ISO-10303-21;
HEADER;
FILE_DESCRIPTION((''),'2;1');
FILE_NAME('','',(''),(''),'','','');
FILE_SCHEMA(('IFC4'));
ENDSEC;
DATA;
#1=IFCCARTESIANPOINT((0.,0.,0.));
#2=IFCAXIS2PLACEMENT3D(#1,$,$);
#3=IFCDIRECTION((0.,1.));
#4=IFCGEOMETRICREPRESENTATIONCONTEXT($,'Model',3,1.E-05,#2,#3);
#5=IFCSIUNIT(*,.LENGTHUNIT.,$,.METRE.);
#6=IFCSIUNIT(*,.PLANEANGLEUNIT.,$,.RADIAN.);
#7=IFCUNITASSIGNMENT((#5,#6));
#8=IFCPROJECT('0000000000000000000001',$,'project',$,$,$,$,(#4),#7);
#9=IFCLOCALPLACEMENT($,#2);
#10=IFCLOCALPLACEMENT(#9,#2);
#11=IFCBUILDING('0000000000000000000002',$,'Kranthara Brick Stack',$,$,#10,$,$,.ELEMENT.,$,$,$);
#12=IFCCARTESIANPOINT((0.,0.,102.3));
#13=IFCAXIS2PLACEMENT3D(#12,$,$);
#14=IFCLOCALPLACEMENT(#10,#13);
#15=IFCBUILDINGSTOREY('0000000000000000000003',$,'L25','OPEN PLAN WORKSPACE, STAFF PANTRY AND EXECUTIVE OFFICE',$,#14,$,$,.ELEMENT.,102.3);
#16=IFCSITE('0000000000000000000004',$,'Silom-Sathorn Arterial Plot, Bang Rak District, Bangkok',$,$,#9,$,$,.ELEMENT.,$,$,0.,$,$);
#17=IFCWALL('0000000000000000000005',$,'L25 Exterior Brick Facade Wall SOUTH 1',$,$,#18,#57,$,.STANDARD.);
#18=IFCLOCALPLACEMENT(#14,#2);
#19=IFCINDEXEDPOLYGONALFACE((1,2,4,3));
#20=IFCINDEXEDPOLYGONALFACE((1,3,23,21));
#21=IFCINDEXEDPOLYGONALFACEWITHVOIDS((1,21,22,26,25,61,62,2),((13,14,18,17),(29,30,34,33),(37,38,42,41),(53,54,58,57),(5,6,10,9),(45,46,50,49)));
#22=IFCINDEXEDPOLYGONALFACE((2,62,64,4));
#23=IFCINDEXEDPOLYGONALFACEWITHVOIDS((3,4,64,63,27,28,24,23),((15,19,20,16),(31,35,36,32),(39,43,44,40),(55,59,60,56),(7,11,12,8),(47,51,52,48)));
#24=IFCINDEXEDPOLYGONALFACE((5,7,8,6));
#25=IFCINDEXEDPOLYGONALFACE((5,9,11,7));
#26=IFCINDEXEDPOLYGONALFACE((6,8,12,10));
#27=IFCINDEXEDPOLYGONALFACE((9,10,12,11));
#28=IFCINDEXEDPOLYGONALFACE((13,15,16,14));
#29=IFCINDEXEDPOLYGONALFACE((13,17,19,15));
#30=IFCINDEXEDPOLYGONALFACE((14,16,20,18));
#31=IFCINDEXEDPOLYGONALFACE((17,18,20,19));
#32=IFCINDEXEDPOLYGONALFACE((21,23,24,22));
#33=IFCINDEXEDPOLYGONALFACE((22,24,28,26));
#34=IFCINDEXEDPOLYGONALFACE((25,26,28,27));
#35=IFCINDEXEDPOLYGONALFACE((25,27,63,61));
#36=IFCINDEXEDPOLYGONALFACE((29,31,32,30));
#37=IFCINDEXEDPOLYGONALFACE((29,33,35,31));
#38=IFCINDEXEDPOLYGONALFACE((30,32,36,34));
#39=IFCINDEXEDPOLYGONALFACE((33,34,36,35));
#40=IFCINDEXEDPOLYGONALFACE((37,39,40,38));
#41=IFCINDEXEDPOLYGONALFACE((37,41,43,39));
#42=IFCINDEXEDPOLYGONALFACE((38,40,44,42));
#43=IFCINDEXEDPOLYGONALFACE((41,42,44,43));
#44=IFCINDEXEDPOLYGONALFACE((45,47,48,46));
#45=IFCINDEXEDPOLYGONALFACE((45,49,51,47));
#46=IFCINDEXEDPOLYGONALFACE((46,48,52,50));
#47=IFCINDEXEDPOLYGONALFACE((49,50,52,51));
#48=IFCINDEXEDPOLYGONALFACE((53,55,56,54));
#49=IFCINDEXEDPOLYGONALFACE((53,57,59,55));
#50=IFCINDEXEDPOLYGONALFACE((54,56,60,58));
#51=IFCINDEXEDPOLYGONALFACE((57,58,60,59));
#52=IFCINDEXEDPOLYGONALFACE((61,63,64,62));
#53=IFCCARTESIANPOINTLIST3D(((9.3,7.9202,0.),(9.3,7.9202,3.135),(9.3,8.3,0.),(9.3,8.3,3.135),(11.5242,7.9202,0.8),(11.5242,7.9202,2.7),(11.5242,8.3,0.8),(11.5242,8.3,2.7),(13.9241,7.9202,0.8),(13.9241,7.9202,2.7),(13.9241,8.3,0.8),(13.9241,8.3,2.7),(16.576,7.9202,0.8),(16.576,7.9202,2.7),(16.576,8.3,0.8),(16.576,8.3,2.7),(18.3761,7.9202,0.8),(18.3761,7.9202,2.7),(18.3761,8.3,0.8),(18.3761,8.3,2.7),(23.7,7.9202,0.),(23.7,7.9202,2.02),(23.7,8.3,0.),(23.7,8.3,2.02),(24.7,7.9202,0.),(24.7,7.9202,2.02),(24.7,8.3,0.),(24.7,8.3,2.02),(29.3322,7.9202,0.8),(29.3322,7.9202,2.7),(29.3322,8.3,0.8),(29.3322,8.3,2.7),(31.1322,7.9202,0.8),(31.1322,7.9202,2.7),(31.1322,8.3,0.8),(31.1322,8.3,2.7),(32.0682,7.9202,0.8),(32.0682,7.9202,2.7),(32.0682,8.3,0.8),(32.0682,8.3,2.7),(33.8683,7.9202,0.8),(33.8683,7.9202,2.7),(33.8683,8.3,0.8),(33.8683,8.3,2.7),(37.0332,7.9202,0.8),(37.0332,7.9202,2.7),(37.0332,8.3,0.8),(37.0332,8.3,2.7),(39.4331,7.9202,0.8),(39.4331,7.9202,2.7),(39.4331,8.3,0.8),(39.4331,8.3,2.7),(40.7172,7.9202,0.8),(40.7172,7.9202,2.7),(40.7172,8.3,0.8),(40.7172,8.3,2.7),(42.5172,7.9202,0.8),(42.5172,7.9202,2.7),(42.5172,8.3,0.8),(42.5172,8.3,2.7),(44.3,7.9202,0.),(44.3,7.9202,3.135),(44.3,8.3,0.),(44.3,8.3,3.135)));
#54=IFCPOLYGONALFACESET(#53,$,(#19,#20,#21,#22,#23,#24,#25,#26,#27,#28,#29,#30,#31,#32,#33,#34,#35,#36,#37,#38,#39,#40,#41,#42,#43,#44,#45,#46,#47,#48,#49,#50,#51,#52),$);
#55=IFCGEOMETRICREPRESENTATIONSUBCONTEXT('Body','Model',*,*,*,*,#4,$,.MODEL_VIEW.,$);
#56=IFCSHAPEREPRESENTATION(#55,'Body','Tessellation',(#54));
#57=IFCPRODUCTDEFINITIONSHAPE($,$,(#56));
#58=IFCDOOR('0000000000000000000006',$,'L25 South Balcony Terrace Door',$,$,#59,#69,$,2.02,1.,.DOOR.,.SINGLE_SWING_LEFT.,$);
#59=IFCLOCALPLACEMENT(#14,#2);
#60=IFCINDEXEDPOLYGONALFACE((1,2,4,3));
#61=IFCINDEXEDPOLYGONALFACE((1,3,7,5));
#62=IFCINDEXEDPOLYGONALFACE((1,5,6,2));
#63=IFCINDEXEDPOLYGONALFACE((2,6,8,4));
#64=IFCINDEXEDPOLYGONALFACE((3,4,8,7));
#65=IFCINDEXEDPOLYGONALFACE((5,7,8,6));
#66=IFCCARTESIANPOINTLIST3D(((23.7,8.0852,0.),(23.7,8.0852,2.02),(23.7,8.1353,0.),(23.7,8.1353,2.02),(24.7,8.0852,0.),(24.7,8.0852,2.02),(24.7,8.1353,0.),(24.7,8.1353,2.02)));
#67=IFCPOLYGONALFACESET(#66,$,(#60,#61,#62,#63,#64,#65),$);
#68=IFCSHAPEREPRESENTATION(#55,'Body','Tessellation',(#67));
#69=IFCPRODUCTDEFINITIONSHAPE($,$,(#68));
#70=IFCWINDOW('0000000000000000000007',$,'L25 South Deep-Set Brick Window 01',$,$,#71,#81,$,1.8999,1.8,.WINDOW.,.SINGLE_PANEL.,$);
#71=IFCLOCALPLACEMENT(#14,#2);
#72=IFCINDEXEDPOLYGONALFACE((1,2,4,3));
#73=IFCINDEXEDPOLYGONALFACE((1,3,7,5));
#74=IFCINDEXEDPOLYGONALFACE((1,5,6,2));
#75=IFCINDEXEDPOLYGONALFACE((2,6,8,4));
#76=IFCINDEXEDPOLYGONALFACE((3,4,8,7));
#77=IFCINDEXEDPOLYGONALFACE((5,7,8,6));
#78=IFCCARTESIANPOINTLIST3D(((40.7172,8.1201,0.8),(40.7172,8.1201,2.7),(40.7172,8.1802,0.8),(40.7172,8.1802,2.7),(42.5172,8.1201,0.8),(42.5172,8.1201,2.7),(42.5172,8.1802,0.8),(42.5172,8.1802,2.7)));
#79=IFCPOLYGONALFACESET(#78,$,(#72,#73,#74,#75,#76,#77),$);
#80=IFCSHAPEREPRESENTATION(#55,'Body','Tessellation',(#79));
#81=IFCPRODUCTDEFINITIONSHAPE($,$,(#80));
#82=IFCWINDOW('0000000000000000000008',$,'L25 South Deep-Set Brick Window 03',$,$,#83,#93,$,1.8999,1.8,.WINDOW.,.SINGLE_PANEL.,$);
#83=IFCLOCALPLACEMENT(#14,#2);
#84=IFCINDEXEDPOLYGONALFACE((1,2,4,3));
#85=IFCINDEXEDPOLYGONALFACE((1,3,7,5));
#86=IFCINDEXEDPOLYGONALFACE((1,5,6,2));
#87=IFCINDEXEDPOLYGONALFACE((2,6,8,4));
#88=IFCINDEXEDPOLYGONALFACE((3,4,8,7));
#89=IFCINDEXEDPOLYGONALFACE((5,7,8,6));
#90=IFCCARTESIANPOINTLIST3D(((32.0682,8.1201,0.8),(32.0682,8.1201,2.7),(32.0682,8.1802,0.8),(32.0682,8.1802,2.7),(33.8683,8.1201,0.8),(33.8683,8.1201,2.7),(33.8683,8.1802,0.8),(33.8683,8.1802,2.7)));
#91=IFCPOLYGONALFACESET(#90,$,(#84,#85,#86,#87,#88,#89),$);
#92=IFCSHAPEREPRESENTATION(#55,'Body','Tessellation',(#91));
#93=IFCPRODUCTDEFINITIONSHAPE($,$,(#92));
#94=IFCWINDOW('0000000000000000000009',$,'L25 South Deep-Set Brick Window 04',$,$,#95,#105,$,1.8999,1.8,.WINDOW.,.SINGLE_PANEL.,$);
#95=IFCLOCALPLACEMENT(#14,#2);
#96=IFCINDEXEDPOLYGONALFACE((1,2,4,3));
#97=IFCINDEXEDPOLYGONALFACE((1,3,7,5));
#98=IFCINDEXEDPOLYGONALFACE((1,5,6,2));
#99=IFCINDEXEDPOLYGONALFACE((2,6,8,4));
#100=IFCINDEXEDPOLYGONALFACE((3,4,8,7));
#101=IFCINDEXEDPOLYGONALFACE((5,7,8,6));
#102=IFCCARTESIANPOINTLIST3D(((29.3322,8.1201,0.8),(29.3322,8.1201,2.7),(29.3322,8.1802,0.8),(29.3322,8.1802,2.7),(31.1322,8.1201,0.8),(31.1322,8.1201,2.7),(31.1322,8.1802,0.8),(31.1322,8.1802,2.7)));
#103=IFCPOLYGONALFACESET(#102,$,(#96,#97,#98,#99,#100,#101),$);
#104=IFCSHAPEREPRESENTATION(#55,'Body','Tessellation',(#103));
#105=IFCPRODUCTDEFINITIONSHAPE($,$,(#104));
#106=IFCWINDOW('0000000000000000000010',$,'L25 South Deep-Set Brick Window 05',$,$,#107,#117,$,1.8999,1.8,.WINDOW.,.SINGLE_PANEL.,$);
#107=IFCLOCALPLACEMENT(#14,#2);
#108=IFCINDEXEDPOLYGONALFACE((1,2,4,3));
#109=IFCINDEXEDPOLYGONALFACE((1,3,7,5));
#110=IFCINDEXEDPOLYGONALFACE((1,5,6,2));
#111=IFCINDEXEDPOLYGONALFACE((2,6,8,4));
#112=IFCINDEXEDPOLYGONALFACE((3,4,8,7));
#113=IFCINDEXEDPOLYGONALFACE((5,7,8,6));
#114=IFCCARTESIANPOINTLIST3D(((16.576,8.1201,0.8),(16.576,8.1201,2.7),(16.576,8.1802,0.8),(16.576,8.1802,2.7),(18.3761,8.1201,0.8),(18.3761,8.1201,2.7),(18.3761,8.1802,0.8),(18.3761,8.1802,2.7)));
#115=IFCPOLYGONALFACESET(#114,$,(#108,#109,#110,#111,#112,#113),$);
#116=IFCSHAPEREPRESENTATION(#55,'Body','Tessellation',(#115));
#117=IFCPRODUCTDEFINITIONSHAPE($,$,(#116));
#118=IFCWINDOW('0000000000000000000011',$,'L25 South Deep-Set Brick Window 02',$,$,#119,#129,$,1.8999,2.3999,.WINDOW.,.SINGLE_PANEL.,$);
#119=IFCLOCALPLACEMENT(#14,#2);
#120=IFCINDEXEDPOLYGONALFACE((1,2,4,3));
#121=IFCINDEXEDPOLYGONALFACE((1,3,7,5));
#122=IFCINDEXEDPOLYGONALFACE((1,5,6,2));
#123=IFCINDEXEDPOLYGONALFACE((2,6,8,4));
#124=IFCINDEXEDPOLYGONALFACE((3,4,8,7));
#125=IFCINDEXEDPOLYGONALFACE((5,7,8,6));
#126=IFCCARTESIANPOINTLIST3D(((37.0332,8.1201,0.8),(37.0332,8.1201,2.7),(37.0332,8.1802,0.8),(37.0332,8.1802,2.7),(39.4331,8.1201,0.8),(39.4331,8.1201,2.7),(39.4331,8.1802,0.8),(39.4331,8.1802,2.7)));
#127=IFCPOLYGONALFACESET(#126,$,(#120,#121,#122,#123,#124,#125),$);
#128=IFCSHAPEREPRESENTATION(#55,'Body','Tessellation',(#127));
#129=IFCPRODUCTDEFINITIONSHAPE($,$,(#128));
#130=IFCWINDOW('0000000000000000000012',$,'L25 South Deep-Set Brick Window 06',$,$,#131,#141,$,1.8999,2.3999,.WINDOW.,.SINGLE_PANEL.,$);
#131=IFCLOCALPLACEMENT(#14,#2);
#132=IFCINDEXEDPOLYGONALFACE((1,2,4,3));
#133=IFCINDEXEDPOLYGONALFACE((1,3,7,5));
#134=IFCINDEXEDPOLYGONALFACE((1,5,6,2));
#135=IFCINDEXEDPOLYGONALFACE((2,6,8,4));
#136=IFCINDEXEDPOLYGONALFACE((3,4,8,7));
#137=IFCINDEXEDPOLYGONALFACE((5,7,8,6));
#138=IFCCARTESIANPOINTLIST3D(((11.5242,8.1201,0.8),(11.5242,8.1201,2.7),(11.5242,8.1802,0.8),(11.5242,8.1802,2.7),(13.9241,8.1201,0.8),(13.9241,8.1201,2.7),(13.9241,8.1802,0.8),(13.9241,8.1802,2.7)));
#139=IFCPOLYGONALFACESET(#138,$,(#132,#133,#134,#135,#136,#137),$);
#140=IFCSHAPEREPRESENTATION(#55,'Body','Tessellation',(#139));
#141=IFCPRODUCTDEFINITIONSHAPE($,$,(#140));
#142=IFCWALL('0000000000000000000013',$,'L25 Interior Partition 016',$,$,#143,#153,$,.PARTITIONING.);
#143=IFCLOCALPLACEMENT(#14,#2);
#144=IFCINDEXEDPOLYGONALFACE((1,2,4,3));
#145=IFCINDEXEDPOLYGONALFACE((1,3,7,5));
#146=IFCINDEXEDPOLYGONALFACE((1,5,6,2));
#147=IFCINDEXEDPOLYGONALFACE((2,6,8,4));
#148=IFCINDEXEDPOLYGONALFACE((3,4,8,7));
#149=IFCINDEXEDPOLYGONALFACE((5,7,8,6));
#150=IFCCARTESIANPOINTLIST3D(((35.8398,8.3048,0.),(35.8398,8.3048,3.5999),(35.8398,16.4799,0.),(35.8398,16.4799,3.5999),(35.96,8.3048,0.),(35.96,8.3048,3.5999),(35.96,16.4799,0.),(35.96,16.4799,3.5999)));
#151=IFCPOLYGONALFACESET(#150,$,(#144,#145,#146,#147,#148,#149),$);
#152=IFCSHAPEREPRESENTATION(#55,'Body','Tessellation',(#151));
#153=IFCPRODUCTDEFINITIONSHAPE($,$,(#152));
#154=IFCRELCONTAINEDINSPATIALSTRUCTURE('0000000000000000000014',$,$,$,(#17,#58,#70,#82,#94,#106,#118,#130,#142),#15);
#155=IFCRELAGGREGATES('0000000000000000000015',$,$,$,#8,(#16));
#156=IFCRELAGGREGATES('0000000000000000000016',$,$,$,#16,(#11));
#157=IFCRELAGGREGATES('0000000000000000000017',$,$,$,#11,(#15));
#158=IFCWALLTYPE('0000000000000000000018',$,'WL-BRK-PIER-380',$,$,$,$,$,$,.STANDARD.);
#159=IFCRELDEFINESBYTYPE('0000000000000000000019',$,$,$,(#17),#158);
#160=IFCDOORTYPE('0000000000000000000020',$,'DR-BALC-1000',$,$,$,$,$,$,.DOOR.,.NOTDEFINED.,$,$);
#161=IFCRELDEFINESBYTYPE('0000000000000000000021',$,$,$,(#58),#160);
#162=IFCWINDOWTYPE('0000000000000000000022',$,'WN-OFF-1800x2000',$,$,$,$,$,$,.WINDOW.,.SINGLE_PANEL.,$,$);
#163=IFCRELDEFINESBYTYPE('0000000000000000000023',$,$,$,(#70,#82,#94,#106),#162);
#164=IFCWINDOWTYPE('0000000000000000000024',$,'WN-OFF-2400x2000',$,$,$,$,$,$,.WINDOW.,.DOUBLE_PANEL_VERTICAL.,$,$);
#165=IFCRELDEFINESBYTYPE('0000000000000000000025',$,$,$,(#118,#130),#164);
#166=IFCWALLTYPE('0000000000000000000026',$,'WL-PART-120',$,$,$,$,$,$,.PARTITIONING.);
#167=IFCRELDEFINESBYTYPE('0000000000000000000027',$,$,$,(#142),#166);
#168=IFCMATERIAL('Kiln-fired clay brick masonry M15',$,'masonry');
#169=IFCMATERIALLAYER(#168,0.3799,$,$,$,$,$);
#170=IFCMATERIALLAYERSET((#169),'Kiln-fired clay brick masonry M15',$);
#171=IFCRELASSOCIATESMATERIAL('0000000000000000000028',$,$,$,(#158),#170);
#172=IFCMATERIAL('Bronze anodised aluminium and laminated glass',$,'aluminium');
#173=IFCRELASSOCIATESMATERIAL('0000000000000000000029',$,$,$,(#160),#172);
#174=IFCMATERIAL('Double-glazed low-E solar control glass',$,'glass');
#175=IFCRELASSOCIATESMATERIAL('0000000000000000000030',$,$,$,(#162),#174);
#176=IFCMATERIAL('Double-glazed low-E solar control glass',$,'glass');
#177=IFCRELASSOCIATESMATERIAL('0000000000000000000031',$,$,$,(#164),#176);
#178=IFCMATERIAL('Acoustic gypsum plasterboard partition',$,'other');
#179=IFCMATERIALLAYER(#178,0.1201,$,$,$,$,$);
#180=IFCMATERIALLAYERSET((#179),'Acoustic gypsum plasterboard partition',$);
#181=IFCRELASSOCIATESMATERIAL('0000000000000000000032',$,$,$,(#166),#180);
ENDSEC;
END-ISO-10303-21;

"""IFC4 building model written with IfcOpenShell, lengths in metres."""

from ifc_helpers import new_model, si_unit, direction, frame, frame_2d, origin, place, context, subcontext, project, spatial, rectangle, extrude, material, layer, layer_set, type_object, element, fill, save


model = new_model("IFC4")

# Units and contexts
model_context = context("Model", 3, precision=1e-05, world=origin(), true_north=direction((0.0, 1.0)))
body_context = subcontext(model_context, "Body", "Model", "MODEL_VIEW")
ifc_project = project(units=[si_unit("LENGTHUNIT", "METRE"), si_unit("PLANEANGLEUNIT", "RADIAN")], contexts=[model_context])

# Site, building, storey
site_placement = place(None, origin())
site = spatial("IfcSite", under=ifc_project, at=site_placement, Name="Silom-Sathorn Arterial Plot, Bang Rak District, Bangkok", CompositionType="ELEMENT", RefElevation=0.0)
building_placement = place(site_placement, origin())
building = spatial("IfcBuilding", under=site, at=building_placement, Name="Kranthara Brick Stack", CompositionType="ELEMENT")
storey_placement = place(building_placement, frame((0.0, 0.0, 102.3)))
storey = spatial("IfcBuildingStorey", under=building, at=storey_placement, Name="L25", Description="OPEN PLAN WORKSPACE, STAFF PANTRY AND EXECUTIVE OFFICE", CompositionType="ELEMENT", Elevation=102.3)

# Wall, openings, door, windows
ifc_material_1 = material(Name="Kiln-fired clay brick masonry M15", Category="masonry")
ifc_layer_1 = layer(ifc_material_1, 0.3799)
ifc_layer_set_1 = layer_set([ifc_layer_1], Name="Kiln-fired clay brick masonry M15")
wall_type_1 = type_object("IfcWallType", Name="WL-BRK-PIER-380", PredefinedType="STANDARD", material=ifc_layer_set_1)
wall_1_placement = place(storey_placement, frame((44.3, 8.1101, 0.0), z_axis=(0.0, 0.0, 1.0), x_axis=(-1.0, 0.0, 0.0)))
wall_1 = element("IfcWall", 1, at=wall_1_placement, inside=storey, type_object=wall_type_1, Name="L25 Exterior Brick Facade Wall SOUTH 1", PredefinedType="STANDARD", context=body_context, shape_type="SweptSolid", body=[
    extrude(rectangle(XDim=35.0, YDim=0.3799, at=frame_2d((17.5, 0.0))), origin(), (0.0, 0.0, 1.0), 3.135),
])
opening_1_placement = place(wall_1_placement, frame((19.6001, 0.0, 0.0)))
opening_1 = element("IfcOpeningElement", 2, at=opening_1_placement, cuts=wall_1, PredefinedType="OPENING", context=body_context, shape_type="SweptSolid", body=[
    extrude(rectangle(XDim=1.0, YDim=2.02, at=frame_2d((0.5, 1.01))), frame((0.0, 0.2, 0.0), z_axis=(0.0, -1.0, 0.0), x_axis=(1.0, 0.0, 0.0)), (0.0, 0.0, 1.0), 0.3999),
])
opening_2_placement = place(wall_1_placement, frame((1.783, 0.0, 0.8)))
opening_2 = element("IfcOpeningElement", 3, at=opening_2_placement, cuts=wall_1, PredefinedType="OPENING", context=body_context, shape_type="SweptSolid", body=[
    extrude(rectangle(XDim=1.8, YDim=1.8999, at=frame_2d((0.8999, 0.95))), frame((0.0, 0.2, 0.0), z_axis=(0.0, -1.0, 0.0), x_axis=(1.0, 0.0, 0.0)), (0.0, 0.0, 1.0), 0.3999),
])
opening_3_placement = place(wall_1_placement, frame((4.8669, 0.0, 0.8)))
opening_3 = element("IfcOpeningElement", 4, at=opening_3_placement, cuts=wall_1, PredefinedType="OPENING", context=body_context, shape_type="SweptSolid", body=[
    extrude(rectangle(XDim=2.3999, YDim=1.8999, at=frame_2d((1.2, 0.95))), frame((0.0, 0.2, 0.0), z_axis=(0.0, -1.0, 0.0), x_axis=(1.0, 0.0, 0.0)), (0.0, 0.0, 1.0), 0.3999),
])
opening_4_placement = place(wall_1_placement, frame((10.4319, 0.0, 0.8)))
opening_4 = element("IfcOpeningElement", 5, at=opening_4_placement, cuts=wall_1, PredefinedType="OPENING", context=body_context, shape_type="SweptSolid", body=[
    extrude(rectangle(XDim=1.8, YDim=1.8999, at=frame_2d((0.8999, 0.95))), frame((0.0, 0.2, 0.0), z_axis=(0.0, -1.0, 0.0), x_axis=(1.0, 0.0, 0.0)), (0.0, 0.0, 1.0), 0.3999),
])
opening_5_placement = place(wall_1_placement, frame((13.168, 0.0, 0.8)))
opening_5 = element("IfcOpeningElement", 6, at=opening_5_placement, cuts=wall_1, PredefinedType="OPENING", context=body_context, shape_type="SweptSolid", body=[
    extrude(rectangle(XDim=1.8, YDim=1.8999, at=frame_2d((0.8999, 0.95))), frame((0.0, 0.2, 0.0), z_axis=(0.0, -1.0, 0.0), x_axis=(1.0, 0.0, 0.0)), (0.0, 0.0, 1.0), 0.3999),
])
opening_6_placement = place(wall_1_placement, frame((25.9241, 0.0, 0.8)))
opening_6 = element("IfcOpeningElement", 7, at=opening_6_placement, cuts=wall_1, PredefinedType="OPENING", context=body_context, shape_type="SweptSolid", body=[
    extrude(rectangle(XDim=1.8, YDim=1.8999, at=frame_2d((0.8999, 0.95))), frame((0.0, 0.2, 0.0), z_axis=(0.0, -1.0, 0.0), x_axis=(1.0, 0.0, 0.0)), (0.0, 0.0, 1.0), 0.3999),
])
opening_7_placement = place(wall_1_placement, frame((30.376, 0.0, 0.8)))
opening_7 = element("IfcOpeningElement", 8, at=opening_7_placement, cuts=wall_1, PredefinedType="OPENING", context=body_context, shape_type="SweptSolid", body=[
    extrude(rectangle(XDim=2.3999, YDim=1.8999, at=frame_2d((1.2, 0.95))), frame((0.0, 0.2, 0.0), z_axis=(0.0, -1.0, 0.0), x_axis=(1.0, 0.0, 0.0)), (0.0, 0.0, 1.0), 0.3999),
])
ifc_material_2 = material(Name="Bronze anodised aluminium and laminated glass", Category="aluminium")
door_type = type_object("IfcDoorType", Name="DR-BALC-1000", OperationType="NOTDEFINED", PredefinedType="DOOR", material=ifc_material_2)
door_placement = place(opening_1_placement, origin())
door = element("IfcDoor", 9, at=door_placement, inside=storey, type_object=door_type, Name="L25 South Balcony Terrace Door", OperationType="SINGLE_SWING_LEFT", OverallHeight=2.02, OverallWidth=1.0, PredefinedType="DOOR", context=body_context, shape_type="SweptSolid", body=[
    extrude(rectangle(XDim=1.0, YDim=2.02, at=frame_2d((0.5, 1.01))), frame((0.0, 0.0249, 0.0), z_axis=(0.0, -1.0, 0.0), x_axis=(1.0, 0.0, 0.0)), (0.0, 0.0, 1.0), 0.05),
])
fill(opening_1, door)
ifc_material_3 = material(Name="Double-glazed low-E solar control glass", Category="glass")
window_type_1 = type_object("IfcWindowType", Name="WN-OFF-1800x2000", PartitioningType="SINGLE_PANEL", PredefinedType="WINDOW", material=ifc_material_3)
window_1_placement = place(opening_2_placement, origin())
window_1 = element("IfcWindow", 10, at=window_1_placement, inside=storey, type_object=window_type_1, Name="L25 South Deep-Set Brick Window 01", OverallHeight=1.8999, OverallWidth=1.8, PartitioningType="SINGLE_PANEL", PredefinedType="WINDOW", context=body_context, shape_type="SweptSolid", body=[
    extrude(rectangle(XDim=1.8, YDim=1.8999, at=frame_2d((0.8999, 0.95))), frame((0.0, -0.01, 0.0), z_axis=(0.0, -1.0, 0.0), x_axis=(1.0, 0.0, 0.0)), (0.0, 0.0, 1.0), 0.0601),
])
fill(opening_2, window_1)
window_2_placement = place(opening_4_placement, origin())
window_2 = element("IfcWindow", 11, at=window_2_placement, inside=storey, type_object=window_type_1, Name="L25 South Deep-Set Brick Window 03", OverallHeight=1.8999, OverallWidth=1.8, PartitioningType="SINGLE_PANEL", PredefinedType="WINDOW", context=body_context, shape_type="SweptSolid", body=[
    extrude(rectangle(XDim=1.8, YDim=1.8999, at=frame_2d((0.8999, 0.95))), frame((0.0, -0.01, 0.0), z_axis=(0.0, -1.0, 0.0), x_axis=(1.0, 0.0, 0.0)), (0.0, 0.0, 1.0), 0.0601),
])
fill(opening_4, window_2)
window_3_placement = place(opening_5_placement, origin())
window_3 = element("IfcWindow", 12, at=window_3_placement, inside=storey, type_object=window_type_1, Name="L25 South Deep-Set Brick Window 04", OverallHeight=1.8999, OverallWidth=1.8, PartitioningType="SINGLE_PANEL", PredefinedType="WINDOW", context=body_context, shape_type="SweptSolid", body=[
    extrude(rectangle(XDim=1.8, YDim=1.8999, at=frame_2d((0.8999, 0.95))), frame((0.0, -0.01, 0.0), z_axis=(0.0, -1.0, 0.0), x_axis=(1.0, 0.0, 0.0)), (0.0, 0.0, 1.0), 0.0601),
])
fill(opening_5, window_3)
window_4_placement = place(opening_6_placement, origin())
window_4 = element("IfcWindow", 13, at=window_4_placement, inside=storey, type_object=window_type_1, Name="L25 South Deep-Set Brick Window 05", OverallHeight=1.8999, OverallWidth=1.8, PartitioningType="SINGLE_PANEL", PredefinedType="WINDOW", context=body_context, shape_type="SweptSolid", body=[
    extrude(rectangle(XDim=1.8, YDim=1.8999, at=frame_2d((0.8999, 0.95))), frame((0.0, -0.01, 0.0), z_axis=(0.0, -1.0, 0.0), x_axis=(1.0, 0.0, 0.0)), (0.0, 0.0, 1.0), 0.0601),
])
fill(opening_6, window_4)
ifc_material_4 = material(Name="Double-glazed low-E solar control glass", Category="glass")
window_type_2 = type_object("IfcWindowType", Name="WN-OFF-2400x2000", PartitioningType="DOUBLE_PANEL_VERTICAL", PredefinedType="WINDOW", material=ifc_material_4)
window_5_placement = place(opening_3_placement, origin())
window_5 = element("IfcWindow", 14, at=window_5_placement, inside=storey, type_object=window_type_2, Name="L25 South Deep-Set Brick Window 02", OverallHeight=1.8999, OverallWidth=2.3999, PartitioningType="SINGLE_PANEL", PredefinedType="WINDOW", context=body_context, shape_type="SweptSolid", body=[
    extrude(rectangle(XDim=2.3999, YDim=1.8999, at=frame_2d((1.2, 0.95))), frame((0.0, -0.01, 0.0), z_axis=(0.0, -1.0, 0.0), x_axis=(1.0, 0.0, 0.0)), (0.0, 0.0, 1.0), 0.0601),
])
fill(opening_3, window_5)
window_6_placement = place(opening_7_placement, origin())
window_6 = element("IfcWindow", 15, at=window_6_placement, inside=storey, type_object=window_type_2, Name="L25 South Deep-Set Brick Window 06", OverallHeight=1.8999, OverallWidth=2.3999, PartitioningType="SINGLE_PANEL", PredefinedType="WINDOW", context=body_context, shape_type="SweptSolid", body=[
    extrude(rectangle(XDim=2.3999, YDim=1.8999, at=frame_2d((1.2, 0.95))), frame((0.0, -0.01, 0.0), z_axis=(0.0, -1.0, 0.0), x_axis=(1.0, 0.0, 0.0)), (0.0, 0.0, 1.0), 0.0601),
])
fill(opening_7, window_6)

# Wall
ifc_material_5 = material(Name="Acoustic gypsum plasterboard partition", Category="other")
ifc_layer_2 = layer(ifc_material_5, 0.1201)
ifc_layer_set_2 = layer_set([ifc_layer_2], Name="Acoustic gypsum plasterboard partition")
wall_type_2 = type_object("IfcWallType", Name="WL-PART-120", PredefinedType="PARTITIONING", material=ifc_layer_set_2)
wall_2_placement = place(storey_placement, frame((35.8999, 8.3049, 0.0), z_axis=(0.0, 0.0, 1.0), x_axis=(0.0, 1.0, 0.0)))
element("IfcWall", 16, at=wall_2_placement, inside=storey, type_object=wall_type_2, Name="L25 Interior Partition 016", PredefinedType="PARTITIONING", context=body_context, shape_type="SweptSolid", body=[
    extrude(rectangle(XDim=8.175, YDim=0.1201, at=frame_2d((4.0874, 0.0))), origin(), (0.0, 0.0, 1.0), 3.5999),
])

save(model, "model.ifc")
